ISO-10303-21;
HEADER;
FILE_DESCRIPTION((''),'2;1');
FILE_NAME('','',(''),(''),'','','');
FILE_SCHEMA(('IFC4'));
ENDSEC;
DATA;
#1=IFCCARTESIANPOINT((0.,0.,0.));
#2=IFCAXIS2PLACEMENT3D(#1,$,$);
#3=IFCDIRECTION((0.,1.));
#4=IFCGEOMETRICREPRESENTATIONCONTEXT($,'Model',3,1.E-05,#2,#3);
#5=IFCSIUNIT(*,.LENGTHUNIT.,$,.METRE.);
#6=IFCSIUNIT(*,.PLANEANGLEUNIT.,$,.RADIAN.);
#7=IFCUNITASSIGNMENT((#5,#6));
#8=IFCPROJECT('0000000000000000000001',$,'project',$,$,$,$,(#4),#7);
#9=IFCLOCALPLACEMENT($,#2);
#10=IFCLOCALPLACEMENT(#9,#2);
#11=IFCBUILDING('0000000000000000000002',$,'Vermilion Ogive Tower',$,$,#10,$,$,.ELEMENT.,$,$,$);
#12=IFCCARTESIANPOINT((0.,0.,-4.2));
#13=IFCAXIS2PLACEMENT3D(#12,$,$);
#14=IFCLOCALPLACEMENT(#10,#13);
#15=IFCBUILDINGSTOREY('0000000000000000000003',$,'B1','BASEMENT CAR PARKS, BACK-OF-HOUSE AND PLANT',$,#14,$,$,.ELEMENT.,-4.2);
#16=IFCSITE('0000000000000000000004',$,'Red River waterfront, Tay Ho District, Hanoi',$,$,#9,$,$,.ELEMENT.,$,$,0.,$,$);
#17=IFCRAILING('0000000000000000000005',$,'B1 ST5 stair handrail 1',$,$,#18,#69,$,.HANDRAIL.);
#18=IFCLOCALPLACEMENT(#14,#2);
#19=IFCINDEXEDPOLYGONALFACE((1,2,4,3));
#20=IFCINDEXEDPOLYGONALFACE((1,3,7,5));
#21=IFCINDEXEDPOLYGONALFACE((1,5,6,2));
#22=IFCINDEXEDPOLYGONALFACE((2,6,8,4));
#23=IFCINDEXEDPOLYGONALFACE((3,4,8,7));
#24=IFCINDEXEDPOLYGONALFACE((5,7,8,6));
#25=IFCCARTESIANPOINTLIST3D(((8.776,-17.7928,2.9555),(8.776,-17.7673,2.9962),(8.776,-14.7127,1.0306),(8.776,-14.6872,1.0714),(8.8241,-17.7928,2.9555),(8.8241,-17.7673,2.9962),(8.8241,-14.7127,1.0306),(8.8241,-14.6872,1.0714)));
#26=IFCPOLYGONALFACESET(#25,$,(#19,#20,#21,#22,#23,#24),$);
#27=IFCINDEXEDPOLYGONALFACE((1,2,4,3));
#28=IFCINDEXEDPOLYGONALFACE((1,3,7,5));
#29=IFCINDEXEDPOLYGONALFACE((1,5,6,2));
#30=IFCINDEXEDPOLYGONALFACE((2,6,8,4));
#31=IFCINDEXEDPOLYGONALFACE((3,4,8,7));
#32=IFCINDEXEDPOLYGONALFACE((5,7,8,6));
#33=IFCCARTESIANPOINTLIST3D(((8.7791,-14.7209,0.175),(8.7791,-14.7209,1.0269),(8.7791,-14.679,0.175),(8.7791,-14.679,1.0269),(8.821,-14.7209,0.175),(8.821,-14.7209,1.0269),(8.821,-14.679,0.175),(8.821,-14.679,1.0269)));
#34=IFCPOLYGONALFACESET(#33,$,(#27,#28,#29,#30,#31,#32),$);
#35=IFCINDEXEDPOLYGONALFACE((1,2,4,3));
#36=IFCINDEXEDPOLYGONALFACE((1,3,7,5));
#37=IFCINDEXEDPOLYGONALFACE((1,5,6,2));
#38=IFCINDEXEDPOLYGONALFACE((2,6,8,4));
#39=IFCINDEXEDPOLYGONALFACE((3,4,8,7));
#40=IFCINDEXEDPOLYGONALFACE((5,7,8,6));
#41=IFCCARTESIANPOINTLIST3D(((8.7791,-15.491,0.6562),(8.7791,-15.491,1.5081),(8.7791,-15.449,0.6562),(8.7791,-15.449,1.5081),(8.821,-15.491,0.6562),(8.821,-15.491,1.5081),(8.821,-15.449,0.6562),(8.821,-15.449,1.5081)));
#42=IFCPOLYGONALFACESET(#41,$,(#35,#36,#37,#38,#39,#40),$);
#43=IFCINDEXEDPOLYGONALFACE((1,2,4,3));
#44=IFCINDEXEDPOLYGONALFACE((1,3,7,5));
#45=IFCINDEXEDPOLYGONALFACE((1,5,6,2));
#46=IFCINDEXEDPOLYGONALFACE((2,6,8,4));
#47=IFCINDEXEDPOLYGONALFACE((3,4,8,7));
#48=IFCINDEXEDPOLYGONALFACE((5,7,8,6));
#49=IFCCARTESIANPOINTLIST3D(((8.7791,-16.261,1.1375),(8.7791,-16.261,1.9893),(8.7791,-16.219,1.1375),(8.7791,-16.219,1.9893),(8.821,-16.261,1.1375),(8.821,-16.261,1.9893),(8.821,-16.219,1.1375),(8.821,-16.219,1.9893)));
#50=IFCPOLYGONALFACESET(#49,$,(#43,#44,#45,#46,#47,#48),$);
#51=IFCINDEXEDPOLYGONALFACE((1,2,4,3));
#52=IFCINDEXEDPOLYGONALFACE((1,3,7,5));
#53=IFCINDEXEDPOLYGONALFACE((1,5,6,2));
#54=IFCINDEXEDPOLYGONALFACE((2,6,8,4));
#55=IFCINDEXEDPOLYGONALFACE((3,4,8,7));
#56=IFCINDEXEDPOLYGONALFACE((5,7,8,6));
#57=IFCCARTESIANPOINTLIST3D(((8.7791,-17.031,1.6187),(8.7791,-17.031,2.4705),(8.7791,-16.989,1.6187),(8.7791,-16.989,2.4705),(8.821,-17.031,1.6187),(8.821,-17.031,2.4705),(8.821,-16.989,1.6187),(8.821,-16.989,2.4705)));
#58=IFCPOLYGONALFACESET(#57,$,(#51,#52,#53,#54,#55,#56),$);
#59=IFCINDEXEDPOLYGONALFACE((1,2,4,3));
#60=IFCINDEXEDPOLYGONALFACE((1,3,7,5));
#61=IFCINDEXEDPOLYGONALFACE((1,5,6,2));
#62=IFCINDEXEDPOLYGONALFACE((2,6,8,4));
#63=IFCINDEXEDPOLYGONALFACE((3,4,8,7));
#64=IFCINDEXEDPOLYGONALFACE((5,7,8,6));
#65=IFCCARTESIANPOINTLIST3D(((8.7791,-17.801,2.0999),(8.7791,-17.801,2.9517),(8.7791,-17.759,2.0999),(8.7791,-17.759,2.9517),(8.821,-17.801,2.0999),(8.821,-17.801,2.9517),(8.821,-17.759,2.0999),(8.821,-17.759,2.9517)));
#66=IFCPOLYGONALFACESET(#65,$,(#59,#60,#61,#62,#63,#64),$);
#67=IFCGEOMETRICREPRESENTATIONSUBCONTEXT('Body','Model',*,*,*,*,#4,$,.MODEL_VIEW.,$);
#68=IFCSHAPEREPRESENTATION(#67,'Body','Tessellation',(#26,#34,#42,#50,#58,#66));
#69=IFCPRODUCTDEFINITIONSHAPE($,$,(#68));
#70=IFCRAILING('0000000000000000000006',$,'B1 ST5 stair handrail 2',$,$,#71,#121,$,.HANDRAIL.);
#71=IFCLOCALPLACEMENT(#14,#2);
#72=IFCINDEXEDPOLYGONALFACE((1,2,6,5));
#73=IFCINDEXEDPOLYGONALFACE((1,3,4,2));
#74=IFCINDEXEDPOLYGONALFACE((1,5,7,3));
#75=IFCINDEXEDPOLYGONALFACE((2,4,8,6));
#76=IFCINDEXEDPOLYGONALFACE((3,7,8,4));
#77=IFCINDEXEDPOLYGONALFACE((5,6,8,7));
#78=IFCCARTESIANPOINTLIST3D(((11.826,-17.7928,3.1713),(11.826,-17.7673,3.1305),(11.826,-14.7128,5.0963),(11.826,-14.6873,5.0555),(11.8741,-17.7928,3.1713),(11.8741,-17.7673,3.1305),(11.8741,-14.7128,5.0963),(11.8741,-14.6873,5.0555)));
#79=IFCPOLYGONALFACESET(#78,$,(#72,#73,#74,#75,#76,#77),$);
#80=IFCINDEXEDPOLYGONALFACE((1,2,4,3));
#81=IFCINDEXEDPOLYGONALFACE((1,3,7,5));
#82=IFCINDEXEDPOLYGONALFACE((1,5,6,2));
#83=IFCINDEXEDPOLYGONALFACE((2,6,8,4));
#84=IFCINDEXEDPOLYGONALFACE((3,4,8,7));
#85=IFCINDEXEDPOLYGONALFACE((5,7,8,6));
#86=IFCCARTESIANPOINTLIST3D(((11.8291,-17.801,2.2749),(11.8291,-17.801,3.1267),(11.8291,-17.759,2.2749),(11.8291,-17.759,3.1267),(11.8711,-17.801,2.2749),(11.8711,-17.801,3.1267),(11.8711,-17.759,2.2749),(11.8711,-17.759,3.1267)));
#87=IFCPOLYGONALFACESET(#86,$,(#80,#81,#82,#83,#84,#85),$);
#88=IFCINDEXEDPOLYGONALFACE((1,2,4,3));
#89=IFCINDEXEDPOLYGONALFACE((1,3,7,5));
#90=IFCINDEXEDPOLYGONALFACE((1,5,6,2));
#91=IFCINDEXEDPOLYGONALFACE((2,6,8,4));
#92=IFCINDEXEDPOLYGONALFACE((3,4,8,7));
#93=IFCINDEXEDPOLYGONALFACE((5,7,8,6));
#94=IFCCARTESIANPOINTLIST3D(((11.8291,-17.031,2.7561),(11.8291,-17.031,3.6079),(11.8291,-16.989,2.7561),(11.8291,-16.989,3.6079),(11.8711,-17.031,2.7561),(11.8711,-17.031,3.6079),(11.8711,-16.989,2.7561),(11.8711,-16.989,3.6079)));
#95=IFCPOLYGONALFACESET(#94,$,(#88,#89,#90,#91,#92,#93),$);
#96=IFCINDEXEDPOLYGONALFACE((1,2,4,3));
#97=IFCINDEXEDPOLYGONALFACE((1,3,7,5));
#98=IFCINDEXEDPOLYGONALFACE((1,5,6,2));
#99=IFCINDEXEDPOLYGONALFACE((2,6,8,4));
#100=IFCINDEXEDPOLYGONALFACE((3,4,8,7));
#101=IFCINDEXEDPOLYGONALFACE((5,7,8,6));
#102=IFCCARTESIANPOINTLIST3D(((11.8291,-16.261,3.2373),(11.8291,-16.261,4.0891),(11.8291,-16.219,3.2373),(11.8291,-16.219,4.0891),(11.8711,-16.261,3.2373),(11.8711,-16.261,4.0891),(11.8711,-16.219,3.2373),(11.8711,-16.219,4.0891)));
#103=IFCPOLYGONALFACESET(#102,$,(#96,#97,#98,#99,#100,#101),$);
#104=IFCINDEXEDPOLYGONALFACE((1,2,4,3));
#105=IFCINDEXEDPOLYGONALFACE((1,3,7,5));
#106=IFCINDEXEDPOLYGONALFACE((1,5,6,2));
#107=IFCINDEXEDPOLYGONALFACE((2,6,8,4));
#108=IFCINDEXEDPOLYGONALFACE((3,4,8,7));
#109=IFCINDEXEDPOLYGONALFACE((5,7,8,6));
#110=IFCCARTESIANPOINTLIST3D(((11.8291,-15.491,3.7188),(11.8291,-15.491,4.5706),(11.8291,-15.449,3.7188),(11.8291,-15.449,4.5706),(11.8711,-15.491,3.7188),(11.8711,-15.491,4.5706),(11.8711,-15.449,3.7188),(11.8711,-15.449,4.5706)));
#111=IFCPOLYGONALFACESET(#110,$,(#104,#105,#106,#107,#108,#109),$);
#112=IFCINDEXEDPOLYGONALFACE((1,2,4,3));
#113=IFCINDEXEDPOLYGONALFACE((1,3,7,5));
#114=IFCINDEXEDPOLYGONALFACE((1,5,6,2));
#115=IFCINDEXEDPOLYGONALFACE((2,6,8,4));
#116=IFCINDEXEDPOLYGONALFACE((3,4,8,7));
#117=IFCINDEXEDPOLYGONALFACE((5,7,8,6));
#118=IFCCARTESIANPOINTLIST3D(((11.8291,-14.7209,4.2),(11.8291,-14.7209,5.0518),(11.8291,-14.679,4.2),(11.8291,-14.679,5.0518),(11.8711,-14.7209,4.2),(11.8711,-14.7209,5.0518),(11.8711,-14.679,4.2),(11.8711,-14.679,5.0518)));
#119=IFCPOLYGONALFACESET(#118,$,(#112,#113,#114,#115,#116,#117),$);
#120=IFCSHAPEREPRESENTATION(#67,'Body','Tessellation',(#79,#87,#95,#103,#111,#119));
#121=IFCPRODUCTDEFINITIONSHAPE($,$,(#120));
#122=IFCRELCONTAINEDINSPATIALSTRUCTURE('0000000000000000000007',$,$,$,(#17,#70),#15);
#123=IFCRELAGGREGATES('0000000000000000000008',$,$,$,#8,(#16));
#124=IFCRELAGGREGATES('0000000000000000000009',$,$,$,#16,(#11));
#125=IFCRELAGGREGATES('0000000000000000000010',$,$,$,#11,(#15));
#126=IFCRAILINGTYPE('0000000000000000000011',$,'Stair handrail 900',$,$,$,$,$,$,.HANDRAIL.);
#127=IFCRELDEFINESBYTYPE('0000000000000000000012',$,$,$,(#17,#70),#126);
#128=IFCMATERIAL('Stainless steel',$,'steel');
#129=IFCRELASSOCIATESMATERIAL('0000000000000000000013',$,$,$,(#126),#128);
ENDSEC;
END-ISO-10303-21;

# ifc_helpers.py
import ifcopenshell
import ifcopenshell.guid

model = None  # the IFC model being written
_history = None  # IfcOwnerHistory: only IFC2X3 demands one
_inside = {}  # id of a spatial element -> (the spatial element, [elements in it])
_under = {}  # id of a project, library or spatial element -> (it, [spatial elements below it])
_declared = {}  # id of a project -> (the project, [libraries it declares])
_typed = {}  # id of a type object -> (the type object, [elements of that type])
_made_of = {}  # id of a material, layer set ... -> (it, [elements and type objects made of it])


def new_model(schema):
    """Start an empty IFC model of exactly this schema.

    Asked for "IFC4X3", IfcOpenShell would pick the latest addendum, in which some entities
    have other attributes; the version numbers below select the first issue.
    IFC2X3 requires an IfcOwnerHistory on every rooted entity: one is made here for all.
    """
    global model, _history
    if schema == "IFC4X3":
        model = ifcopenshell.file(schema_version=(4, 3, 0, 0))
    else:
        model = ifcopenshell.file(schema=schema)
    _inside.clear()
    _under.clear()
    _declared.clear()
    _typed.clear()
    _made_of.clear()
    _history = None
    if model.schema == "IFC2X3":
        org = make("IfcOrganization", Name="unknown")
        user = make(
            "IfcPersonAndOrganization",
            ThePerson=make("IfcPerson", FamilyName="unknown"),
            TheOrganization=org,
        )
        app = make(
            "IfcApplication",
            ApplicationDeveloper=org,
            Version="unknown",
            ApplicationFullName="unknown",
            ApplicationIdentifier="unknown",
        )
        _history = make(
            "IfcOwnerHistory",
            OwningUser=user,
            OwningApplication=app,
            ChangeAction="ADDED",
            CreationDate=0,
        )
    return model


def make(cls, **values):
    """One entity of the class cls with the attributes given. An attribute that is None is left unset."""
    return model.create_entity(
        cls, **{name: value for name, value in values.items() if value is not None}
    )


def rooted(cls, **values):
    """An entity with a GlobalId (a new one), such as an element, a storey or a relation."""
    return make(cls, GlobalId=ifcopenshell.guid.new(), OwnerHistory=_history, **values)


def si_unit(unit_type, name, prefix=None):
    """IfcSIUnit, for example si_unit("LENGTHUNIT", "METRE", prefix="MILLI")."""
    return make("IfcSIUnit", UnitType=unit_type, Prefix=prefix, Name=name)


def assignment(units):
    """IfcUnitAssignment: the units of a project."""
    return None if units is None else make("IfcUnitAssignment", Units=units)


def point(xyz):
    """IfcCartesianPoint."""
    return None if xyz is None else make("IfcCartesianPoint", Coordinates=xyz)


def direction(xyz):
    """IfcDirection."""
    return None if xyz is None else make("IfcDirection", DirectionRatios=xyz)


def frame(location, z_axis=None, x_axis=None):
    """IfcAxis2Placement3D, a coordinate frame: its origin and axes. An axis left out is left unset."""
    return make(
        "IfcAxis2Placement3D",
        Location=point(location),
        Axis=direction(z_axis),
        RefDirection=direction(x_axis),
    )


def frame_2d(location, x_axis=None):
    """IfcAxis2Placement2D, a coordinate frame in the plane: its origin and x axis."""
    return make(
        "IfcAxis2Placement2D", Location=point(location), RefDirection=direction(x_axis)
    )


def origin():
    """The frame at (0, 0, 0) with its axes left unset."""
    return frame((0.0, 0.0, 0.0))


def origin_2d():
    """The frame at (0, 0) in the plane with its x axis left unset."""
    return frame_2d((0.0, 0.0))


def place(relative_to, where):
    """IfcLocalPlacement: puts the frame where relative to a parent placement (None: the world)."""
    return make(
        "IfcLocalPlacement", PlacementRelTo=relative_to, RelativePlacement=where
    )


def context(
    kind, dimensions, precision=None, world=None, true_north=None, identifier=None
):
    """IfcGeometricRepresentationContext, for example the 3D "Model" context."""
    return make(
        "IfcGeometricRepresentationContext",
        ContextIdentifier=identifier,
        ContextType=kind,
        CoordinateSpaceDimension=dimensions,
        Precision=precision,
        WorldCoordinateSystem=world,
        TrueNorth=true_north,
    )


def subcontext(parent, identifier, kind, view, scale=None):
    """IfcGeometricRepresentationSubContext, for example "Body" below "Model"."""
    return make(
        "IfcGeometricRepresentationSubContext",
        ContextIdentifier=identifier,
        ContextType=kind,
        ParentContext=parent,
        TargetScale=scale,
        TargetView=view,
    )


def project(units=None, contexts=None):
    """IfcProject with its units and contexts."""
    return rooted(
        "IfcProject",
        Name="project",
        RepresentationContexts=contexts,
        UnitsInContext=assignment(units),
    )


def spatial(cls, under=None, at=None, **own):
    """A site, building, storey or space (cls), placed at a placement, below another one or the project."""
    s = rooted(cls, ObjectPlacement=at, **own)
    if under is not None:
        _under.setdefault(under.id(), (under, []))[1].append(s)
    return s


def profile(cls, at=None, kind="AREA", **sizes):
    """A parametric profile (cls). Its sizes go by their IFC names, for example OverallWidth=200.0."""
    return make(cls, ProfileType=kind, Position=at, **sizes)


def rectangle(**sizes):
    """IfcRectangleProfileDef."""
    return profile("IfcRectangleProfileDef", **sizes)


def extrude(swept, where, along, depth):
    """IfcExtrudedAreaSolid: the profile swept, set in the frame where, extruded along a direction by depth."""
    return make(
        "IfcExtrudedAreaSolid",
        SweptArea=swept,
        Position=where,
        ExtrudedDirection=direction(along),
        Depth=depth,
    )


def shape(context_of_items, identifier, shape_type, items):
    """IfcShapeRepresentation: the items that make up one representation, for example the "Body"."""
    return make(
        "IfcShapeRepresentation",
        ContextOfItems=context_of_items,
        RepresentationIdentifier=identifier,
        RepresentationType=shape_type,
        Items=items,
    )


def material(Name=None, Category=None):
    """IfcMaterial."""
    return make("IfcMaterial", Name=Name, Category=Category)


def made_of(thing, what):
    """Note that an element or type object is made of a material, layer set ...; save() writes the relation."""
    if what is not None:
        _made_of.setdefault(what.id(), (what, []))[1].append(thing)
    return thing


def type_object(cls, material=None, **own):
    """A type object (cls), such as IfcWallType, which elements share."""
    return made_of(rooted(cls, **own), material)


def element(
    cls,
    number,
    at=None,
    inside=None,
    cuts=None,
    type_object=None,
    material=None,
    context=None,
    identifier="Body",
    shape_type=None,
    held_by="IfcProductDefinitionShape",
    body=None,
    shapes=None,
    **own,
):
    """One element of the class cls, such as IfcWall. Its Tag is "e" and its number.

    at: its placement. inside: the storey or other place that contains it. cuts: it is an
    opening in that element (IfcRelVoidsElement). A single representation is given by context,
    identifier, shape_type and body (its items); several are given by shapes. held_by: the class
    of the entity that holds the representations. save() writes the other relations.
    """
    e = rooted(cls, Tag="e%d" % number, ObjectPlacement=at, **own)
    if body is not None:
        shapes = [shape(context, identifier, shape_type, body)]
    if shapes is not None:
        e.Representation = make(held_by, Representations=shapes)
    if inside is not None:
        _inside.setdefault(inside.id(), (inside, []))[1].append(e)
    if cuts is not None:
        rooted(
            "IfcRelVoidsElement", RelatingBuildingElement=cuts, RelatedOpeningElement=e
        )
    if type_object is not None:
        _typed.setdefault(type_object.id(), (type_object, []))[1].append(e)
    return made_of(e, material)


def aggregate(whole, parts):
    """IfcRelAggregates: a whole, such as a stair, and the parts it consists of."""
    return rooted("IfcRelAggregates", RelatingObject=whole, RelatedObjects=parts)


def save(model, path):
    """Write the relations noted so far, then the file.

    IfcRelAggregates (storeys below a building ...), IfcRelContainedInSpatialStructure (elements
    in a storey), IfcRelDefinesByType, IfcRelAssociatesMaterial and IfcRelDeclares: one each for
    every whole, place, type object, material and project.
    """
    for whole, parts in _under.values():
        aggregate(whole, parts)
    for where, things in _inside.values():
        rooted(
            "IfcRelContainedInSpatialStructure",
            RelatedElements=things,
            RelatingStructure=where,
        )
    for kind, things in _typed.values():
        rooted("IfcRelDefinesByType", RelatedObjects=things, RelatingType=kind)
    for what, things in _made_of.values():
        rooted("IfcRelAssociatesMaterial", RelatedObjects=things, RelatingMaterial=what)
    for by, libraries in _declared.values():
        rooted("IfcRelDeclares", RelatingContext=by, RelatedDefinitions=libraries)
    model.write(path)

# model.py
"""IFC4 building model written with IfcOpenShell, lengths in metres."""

from ifc_helpers import new_model, si_unit, direction, frame, origin, origin_2d, place, context, subcontext, project, spatial, rectangle, extrude, material, type_object, element, save


model = new_model("IFC4")

# Units and contexts
model_context = context("Model", 3, precision=1e-05, world=origin(), true_north=direction((0.0, 1.0)))
body_context = subcontext(model_context, "Body", "Model", "MODEL_VIEW")
ifc_project = project(units=[si_unit("LENGTHUNIT", "METRE"), si_unit("PLANEANGLEUNIT", "RADIAN")], contexts=[model_context])

# Site, building, storey
site_placement = place(None, origin())
site = spatial("IfcSite", under=ifc_project, at=site_placement, Name="Red River waterfront, Tay Ho District, Hanoi", CompositionType="ELEMENT", RefElevation=0.0)
building_placement = place(site_placement, origin())
building = spatial("IfcBuilding", under=site, at=building_placement, Name="Vermilion Ogive Tower", CompositionType="ELEMENT")
storey_placement = place(building_placement, frame((0.0, 0.0, -4.2)))
storey = spatial("IfcBuildingStorey", under=building, at=storey_placement, Name="B1", Description="BASEMENT CAR PARKS, BACK-OF-HOUSE AND PLANT", CompositionType="ELEMENT", Elevation=-4.2)

# Railings
ifc_material_1 = material(Name="Stainless steel", Category="steel")
railing_type_1 = type_object("IfcRailingType", Name="Stair handrail 900", PredefinedType="HANDRAIL", material=ifc_material_1)
railing_1_placement = place(storey_placement, frame((8.8, -14.7, 0.175)))
element("IfcRailing", 1, at=railing_1_placement, inside=storey, type_object=railing_type_1, Name="B1 ST5 stair handrail 1", PredefinedType="HANDRAIL", context=body_context, shape_type="SweptSolid", body=[
    extrude(rectangle(XDim=0.0481, YDim=0.0481, at=origin_2d()), frame((0.0, 0.0, 0.876), z_axis=(0.0, -0.848029, 0.529951), x_axis=(1.0, 0.0, 0.0)), (0.0, 0.0, 1.0), 3.6321),
    extrude(rectangle(XDim=0.042, YDim=0.042, at=origin_2d()), origin(), (0.0, 0.0, 1.0), 0.8518),
    extrude(rectangle(XDim=0.042, YDim=0.042, at=origin_2d()), frame((0.0, -0.77, 0.4812)), (0.0, 0.0, 1.0), 0.8518),
    extrude(rectangle(XDim=0.042, YDim=0.042, at=origin_2d()), frame((0.0, -1.54, 0.9624)), (0.0, 0.0, 1.0), 0.8518),
    extrude(rectangle(XDim=0.042, YDim=0.042, at=origin_2d()), frame((0.0, -2.3101, 1.4436)), (0.0, 0.0, 1.0), 0.8518),
    extrude(rectangle(XDim=0.042, YDim=0.042, at=origin_2d()), frame((0.0, -3.0801, 1.9248)), (0.0, 0.0, 1.0), 0.8518),
])
railing_2_placement = place(storey_placement, frame((11.8501, -17.78, 2.2749)))
element("IfcRailing", 2, at=railing_2_placement, inside=storey, type_object=railing_type_1, Name="B1 ST5 stair handrail 2", PredefinedType="HANDRAIL", context=body_context, shape_type="SweptSolid", body=[
    extrude(rectangle(XDim=0.0481, YDim=0.0481, at=origin_2d()), frame((0.0, 0.0, 0.876), z_axis=(0.0, 0.847998, 0.529999), x_axis=(-1.0, 0.0, 0.0)), (0.0, 0.0, 1.0), 3.6321),
    extrude(rectangle(XDim=0.042, YDim=0.042, at=origin_2d()), origin(), (0.0, 0.0, 1.0), 0.8518),
    extrude(rectangle(XDim=0.042, YDim=0.042, at=origin_2d()), frame((0.0, 0.77, 0.4812)), (0.0, 0.0, 1.0), 0.8518),
    extrude(rectangle(XDim=0.042, YDim=0.042, at=origin_2d()), frame((0.0, 1.54, 0.9624)), (0.0, 0.0, 1.0), 0.8518),
    extrude(rectangle(XDim=0.042, YDim=0.042, at=origin_2d()), frame((0.0, 2.3101, 1.4438)), (0.0, 0.0, 1.0), 0.8518),
    extrude(rectangle(XDim=0.042, YDim=0.042, at=origin_2d()), frame((0.0, 3.0801, 1.925)), (0.0, 0.0, 1.0), 0.8518),
])

save(model, "model.ifc")
